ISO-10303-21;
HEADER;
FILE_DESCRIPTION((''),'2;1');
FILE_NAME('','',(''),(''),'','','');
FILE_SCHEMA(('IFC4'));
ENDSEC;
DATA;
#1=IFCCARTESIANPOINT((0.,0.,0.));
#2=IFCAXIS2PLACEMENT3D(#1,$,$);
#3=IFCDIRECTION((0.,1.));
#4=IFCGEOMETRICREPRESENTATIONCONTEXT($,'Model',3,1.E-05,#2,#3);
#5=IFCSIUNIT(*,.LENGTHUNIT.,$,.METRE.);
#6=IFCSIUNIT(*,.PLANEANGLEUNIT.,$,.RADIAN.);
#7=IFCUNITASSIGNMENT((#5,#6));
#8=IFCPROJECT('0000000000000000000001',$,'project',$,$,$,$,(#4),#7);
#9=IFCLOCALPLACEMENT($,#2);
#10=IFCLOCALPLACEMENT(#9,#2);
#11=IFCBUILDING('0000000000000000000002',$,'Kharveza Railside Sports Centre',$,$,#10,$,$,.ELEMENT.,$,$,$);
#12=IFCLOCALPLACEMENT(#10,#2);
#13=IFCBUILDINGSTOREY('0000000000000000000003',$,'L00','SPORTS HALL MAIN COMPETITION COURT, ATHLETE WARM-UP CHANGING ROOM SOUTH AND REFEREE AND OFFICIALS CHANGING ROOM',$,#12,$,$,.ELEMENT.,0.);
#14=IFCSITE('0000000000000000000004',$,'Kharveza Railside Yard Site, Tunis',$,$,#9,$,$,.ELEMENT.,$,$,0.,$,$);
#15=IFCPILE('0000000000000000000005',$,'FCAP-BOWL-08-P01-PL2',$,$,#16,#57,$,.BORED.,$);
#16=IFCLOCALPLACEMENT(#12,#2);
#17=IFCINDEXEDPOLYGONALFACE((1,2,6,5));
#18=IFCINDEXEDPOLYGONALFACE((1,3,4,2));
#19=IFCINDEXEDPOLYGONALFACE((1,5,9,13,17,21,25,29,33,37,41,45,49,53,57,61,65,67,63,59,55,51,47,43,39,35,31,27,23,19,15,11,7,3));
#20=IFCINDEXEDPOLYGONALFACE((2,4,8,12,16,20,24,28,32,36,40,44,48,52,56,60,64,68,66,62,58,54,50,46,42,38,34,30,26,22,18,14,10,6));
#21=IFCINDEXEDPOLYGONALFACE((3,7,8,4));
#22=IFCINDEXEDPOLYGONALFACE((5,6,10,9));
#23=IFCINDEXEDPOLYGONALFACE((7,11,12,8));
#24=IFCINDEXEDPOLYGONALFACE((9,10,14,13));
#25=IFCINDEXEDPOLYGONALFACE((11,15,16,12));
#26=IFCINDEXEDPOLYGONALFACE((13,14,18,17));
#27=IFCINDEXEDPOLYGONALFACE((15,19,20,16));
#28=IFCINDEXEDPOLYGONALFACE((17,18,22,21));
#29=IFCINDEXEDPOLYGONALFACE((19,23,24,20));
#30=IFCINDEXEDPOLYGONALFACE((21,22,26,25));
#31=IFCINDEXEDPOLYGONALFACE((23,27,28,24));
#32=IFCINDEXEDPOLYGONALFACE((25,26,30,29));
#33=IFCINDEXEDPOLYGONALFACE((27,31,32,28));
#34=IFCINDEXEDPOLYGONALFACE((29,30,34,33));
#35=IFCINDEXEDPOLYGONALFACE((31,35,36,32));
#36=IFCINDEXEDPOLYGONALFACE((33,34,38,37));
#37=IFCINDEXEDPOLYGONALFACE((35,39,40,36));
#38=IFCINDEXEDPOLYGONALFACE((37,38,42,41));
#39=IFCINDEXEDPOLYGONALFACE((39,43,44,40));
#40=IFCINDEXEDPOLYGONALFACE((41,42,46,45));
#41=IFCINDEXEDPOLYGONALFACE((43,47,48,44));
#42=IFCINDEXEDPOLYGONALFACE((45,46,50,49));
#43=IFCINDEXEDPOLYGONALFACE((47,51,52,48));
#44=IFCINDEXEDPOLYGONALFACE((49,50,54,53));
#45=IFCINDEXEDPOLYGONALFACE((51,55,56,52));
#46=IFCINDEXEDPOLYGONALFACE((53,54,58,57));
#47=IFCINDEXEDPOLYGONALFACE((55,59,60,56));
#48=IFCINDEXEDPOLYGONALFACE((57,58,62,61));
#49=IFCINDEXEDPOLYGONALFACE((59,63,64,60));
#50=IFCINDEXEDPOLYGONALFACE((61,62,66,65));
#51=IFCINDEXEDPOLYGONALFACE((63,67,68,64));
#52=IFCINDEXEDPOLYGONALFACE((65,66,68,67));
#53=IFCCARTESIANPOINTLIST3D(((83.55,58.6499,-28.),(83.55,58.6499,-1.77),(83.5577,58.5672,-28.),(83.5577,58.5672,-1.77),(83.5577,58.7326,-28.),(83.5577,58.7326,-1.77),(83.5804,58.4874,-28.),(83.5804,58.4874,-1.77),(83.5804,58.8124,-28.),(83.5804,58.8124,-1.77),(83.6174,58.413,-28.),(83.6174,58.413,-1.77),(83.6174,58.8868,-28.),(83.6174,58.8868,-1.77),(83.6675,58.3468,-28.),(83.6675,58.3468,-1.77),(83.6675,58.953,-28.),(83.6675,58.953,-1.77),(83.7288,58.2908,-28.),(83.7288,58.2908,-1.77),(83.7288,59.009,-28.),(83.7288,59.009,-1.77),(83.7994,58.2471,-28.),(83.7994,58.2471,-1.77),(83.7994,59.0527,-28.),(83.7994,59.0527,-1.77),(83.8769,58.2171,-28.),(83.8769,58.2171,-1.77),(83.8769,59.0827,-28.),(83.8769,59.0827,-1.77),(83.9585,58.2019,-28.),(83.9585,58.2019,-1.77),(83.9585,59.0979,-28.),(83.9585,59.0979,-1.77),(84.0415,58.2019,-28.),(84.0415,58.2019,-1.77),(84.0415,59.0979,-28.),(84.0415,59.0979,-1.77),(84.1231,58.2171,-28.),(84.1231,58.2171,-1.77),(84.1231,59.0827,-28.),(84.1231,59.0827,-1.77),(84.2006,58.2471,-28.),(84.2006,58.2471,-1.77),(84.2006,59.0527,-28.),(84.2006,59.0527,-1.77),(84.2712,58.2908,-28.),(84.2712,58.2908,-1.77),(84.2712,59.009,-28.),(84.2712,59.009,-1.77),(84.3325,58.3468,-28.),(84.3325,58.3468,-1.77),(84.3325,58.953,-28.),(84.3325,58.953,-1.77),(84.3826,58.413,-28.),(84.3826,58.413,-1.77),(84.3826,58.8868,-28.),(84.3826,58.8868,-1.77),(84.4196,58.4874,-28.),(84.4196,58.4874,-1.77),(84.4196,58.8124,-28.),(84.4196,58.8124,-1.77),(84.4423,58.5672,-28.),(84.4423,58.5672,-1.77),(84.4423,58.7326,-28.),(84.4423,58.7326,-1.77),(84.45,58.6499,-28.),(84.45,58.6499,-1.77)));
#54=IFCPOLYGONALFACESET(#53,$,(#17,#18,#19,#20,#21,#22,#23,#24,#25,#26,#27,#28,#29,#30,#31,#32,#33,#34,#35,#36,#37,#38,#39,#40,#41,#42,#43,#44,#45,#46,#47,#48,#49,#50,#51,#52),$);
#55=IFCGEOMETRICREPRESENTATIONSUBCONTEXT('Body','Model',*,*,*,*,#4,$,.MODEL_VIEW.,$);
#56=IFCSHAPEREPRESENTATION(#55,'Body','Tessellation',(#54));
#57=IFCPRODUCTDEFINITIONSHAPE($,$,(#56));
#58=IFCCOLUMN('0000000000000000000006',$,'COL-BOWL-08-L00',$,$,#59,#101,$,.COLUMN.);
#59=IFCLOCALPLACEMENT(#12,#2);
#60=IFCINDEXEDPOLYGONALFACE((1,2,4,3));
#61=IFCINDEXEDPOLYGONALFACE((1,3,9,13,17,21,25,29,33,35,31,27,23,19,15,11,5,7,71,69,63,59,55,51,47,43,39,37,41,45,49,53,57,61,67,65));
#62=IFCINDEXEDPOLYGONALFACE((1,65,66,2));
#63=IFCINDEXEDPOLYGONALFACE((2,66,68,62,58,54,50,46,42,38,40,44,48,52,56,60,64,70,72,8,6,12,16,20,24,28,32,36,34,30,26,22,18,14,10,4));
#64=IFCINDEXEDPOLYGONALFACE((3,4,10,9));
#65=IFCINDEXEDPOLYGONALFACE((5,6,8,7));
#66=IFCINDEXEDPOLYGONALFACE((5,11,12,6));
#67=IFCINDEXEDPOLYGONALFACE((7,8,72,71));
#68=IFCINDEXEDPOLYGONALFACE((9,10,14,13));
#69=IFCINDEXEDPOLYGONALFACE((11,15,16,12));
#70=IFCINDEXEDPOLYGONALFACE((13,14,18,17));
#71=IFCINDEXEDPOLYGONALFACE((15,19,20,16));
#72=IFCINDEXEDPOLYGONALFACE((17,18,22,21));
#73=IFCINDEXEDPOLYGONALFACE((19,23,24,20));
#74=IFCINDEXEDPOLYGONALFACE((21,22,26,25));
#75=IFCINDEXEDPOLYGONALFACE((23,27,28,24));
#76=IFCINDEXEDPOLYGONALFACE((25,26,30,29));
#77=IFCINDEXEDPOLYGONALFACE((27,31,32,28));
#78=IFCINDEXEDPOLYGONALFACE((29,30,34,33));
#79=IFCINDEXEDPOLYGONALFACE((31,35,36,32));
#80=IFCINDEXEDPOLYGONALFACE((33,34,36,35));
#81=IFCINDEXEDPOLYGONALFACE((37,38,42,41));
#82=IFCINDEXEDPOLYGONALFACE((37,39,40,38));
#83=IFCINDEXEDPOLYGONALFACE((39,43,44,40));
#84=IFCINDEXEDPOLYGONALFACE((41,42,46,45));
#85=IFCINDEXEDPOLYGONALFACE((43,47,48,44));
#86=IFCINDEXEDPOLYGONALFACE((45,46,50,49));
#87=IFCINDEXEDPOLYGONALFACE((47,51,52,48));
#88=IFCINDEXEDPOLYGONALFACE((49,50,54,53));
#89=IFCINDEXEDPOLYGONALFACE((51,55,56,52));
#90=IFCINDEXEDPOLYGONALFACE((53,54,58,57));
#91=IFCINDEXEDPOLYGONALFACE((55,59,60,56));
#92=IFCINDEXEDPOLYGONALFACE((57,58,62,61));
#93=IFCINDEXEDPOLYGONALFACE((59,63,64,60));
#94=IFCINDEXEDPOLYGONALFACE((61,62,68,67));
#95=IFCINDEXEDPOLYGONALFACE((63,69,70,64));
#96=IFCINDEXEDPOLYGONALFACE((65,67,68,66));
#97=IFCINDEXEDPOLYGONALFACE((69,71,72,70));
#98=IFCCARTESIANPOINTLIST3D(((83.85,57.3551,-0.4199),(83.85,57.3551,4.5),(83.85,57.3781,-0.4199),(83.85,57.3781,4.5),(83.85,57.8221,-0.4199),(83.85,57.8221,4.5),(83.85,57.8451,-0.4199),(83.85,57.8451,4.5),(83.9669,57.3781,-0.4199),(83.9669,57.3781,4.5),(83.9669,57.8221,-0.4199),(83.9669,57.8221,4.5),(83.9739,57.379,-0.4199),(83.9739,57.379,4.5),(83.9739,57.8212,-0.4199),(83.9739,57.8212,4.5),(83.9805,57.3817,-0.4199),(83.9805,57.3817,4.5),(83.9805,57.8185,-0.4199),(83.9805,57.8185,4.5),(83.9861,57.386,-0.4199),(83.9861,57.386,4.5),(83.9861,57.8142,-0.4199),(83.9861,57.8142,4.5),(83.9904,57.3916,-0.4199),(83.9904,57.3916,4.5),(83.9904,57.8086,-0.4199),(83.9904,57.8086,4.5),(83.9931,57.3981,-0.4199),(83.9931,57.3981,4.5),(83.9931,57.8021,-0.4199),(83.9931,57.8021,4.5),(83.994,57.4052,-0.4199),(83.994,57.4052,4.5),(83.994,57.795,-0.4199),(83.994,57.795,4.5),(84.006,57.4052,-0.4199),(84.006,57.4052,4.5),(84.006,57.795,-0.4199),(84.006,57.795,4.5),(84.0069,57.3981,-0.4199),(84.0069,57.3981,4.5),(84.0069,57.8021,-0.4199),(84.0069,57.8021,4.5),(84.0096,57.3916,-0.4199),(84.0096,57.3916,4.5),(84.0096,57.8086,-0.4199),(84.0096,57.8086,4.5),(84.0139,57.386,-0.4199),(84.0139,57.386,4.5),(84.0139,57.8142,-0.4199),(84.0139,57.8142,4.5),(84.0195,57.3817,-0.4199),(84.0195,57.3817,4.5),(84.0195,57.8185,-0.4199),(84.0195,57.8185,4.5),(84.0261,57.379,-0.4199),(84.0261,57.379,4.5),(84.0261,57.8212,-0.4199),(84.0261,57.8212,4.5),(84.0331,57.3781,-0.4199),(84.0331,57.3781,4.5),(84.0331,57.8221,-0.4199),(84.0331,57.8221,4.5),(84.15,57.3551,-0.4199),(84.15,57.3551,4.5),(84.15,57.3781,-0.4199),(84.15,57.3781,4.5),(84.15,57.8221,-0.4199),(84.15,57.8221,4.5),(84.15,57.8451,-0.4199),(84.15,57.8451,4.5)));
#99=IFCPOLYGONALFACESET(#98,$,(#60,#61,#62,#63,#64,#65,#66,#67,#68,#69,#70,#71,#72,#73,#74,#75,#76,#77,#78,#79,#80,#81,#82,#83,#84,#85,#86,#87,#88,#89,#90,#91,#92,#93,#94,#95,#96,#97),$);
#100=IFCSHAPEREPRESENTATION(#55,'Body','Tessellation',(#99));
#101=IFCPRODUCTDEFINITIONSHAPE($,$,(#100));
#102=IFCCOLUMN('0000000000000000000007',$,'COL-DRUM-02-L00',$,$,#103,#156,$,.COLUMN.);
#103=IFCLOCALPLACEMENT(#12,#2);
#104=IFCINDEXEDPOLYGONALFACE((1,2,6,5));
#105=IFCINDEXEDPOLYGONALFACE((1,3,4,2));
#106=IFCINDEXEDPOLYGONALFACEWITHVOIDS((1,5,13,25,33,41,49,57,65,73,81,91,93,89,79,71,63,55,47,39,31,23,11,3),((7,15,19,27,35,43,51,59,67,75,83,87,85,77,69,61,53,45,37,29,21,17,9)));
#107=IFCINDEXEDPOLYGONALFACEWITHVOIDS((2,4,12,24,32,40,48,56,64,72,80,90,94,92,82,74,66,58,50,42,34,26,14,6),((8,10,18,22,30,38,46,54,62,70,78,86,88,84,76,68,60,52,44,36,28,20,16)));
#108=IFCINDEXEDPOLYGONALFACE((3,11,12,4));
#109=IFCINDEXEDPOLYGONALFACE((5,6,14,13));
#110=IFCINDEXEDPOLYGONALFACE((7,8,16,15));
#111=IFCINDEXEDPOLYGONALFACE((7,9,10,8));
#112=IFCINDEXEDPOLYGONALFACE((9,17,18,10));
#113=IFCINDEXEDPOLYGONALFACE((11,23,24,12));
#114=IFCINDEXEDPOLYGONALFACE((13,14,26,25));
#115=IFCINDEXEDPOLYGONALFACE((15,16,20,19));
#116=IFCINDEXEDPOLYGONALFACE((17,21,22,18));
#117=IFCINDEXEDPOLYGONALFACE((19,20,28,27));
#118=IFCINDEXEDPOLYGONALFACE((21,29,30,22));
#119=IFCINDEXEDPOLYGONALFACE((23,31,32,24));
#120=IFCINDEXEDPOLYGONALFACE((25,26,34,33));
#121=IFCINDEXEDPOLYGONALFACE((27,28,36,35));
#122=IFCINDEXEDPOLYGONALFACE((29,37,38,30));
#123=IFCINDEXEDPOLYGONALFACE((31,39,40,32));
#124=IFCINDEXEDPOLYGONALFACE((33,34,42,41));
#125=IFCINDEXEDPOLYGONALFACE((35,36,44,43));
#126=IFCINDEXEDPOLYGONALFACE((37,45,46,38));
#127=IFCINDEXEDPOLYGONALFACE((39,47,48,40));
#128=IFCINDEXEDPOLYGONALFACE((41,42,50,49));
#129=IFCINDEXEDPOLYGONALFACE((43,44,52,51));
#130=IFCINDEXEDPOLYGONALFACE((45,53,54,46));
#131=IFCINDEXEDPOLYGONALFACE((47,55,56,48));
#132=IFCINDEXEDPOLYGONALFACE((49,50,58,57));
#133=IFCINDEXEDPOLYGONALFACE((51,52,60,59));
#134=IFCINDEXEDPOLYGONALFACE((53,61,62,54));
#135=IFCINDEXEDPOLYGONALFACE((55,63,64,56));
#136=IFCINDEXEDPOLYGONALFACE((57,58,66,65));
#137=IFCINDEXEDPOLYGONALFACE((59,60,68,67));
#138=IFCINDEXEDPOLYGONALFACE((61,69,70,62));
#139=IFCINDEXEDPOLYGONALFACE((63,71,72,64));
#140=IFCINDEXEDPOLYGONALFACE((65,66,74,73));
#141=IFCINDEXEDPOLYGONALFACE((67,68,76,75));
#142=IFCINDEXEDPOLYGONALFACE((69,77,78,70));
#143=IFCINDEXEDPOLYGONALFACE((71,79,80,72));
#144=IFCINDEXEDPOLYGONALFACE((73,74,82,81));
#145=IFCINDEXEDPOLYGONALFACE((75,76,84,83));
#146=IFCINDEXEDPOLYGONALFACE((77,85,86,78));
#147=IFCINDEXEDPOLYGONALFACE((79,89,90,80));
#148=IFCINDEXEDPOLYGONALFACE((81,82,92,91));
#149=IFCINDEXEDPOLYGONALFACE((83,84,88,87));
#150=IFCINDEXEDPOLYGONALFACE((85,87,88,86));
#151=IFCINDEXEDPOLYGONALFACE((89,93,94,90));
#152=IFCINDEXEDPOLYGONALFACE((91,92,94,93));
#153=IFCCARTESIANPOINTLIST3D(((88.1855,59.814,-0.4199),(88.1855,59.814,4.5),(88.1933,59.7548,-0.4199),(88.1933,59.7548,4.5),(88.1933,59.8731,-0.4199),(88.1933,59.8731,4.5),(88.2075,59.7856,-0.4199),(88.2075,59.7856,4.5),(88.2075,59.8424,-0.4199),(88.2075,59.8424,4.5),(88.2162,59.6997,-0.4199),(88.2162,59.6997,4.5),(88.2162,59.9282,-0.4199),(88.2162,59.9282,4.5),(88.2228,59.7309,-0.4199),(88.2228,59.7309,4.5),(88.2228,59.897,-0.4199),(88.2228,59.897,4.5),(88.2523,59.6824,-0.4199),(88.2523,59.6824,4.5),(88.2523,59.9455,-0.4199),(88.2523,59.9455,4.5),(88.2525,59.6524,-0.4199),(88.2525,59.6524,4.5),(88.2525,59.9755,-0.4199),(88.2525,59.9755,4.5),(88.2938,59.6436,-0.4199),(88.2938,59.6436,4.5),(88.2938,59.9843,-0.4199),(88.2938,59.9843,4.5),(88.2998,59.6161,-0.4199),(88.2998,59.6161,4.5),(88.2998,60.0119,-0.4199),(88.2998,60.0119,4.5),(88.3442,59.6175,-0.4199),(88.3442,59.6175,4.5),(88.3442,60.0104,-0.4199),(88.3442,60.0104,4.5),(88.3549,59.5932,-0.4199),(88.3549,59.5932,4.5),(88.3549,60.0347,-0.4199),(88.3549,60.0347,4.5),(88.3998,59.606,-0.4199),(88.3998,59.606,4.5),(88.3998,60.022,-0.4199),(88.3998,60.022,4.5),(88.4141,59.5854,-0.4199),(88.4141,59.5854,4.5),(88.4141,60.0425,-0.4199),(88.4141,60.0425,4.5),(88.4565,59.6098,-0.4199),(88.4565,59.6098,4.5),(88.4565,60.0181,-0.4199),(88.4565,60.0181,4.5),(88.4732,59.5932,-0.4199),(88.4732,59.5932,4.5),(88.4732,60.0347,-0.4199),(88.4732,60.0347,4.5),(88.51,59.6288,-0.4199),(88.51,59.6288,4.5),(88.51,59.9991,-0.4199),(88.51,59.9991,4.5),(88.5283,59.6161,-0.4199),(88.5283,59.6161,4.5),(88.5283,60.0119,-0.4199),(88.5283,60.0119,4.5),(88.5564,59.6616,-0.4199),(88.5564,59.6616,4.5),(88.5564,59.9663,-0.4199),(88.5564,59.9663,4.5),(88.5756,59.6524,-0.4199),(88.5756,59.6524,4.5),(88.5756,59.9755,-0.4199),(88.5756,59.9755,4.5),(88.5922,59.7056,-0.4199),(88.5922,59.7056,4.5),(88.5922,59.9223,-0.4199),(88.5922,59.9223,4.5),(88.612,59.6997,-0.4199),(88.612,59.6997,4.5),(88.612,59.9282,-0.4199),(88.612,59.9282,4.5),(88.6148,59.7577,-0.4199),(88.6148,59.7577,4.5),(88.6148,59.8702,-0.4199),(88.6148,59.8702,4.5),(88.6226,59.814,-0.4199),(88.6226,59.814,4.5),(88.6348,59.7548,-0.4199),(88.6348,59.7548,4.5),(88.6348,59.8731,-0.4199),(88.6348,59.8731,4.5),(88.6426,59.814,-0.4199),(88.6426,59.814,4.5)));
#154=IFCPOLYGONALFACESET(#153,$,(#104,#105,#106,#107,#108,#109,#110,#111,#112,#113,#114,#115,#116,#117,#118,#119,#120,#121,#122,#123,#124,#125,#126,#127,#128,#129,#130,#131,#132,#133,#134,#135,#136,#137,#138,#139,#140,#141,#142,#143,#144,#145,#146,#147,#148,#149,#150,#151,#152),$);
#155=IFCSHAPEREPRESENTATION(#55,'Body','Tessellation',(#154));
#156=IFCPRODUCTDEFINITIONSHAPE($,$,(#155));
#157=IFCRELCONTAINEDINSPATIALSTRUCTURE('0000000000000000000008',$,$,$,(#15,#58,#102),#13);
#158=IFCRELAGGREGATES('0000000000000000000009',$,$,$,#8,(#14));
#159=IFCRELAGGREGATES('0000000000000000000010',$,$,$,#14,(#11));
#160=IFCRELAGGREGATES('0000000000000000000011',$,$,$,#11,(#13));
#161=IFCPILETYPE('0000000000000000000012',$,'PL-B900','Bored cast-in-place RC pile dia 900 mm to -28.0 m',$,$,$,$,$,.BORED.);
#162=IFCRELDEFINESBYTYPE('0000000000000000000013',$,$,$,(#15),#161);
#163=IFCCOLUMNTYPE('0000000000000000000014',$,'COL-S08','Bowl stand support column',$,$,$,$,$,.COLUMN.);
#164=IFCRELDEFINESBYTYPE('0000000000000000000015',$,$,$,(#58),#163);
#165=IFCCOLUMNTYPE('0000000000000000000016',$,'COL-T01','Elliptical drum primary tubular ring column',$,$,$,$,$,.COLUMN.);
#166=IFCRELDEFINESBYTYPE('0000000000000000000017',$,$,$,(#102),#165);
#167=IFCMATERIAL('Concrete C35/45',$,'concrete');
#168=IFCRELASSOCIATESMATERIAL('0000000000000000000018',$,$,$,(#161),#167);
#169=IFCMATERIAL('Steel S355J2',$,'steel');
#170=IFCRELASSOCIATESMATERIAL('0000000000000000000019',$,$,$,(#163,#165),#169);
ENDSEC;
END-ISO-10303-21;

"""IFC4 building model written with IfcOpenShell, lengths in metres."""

from ifc_helpers import new_model, si_unit, direction, frame, origin, origin_2d, place, context, subcontext, project, spatial, circle, hollow_circle, i_section, extrude, material, material_profile, profile_set, type_object, element, save


model = new_model("IFC4")

# Units and contexts
model_context = context("Model", 3, precision=1e-05, world=origin(), true_north=direction((0.0, 1.0)))
body_context = subcontext(model_context, "Body", "Model", "MODEL_VIEW")
ifc_project = project(units=[si_unit("LENGTHUNIT", "METRE"), si_unit("PLANEANGLEUNIT", "RADIAN")], contexts=[model_context])

# Site, building, storey
site_placement = place(None, origin())
site = spatial("IfcSite", under=ifc_project, at=site_placement, Name="Kharveza Railside Yard Site, Tunis", CompositionType="ELEMENT", RefElevation=0.0)
building_placement = place(site_placement, origin())
building = spatial("IfcBuilding", under=site, at=building_placement, Name="Kharveza Railside Sports Centre", CompositionType="ELEMENT")
storey_placement = place(building_placement, origin())
storey = spatial("IfcBuildingStorey", under=building, at=storey_placement, Name="L00", Description="SPORTS HALL MAIN COMPETITION COURT, ATHLETE WARM-UP CHANGING ROOM SOUTH AND REFEREE AND OFFICIALS CHANGING ROOM", CompositionType="ELEMENT", Elevation=0.0)

# Shared definitions
ifc_material_1 = material(Name="Concrete C35/45", Category="concrete")

# Pile
ifc_material_profile_1 = material_profile(ifc_material_1, circle(Radius=0.45, at=origin_2d()), Name="PILE D900")
ifc_profile_set_1 = profile_set([ifc_material_profile_1], Name="Concrete C35/45")
pile_type_1 = type_object("IfcPileType", Name="PL-B900", Description="Bored cast-in-place RC pile dia 900 mm to -28.0 m", PredefinedType="BORED", material=ifc_profile_set_1)
for number, where, z_axis, x_axis, name in (
    (1, (84.0, 58.6499, -1.77), (0.0, 0.0, -1.0), (1.0, 0.0, 0.0), "FCAP-BOWL-08-P01-PL2"),
):
    element("IfcPile", number, at=place(storey_placement, frame(where, z_axis=z_axis, x_axis=x_axis)), inside=storey, type_object=pile_type_1, Name=name, PredefinedType="BORED", context=body_context, shape_type="SweptSolid", body=[
        extrude(circle(Radius=0.45, at=origin_2d()), origin(), (0.0, 0.0, 1.0), 26.23),
    ])

# Columns
ifc_material_2 = material(Name="Steel S355J2", Category="steel")
ifc_material_profile_2 = material_profile(ifc_material_2, i_section(OverallWidth=0.3, OverallDepth=0.49, WebThickness=0.012, FlangeThickness=0.0229, FilletRadius=0.0271, at=origin_2d()), Name="HEA 500")
ifc_profile_set_2 = profile_set([ifc_material_profile_2], Name="Steel S355J2")
column_type_1 = type_object("IfcColumnType", Name="COL-S08", Description="Bowl stand support column", PredefinedType="COLUMN", material=ifc_profile_set_2)
column_1_placement = place(storey_placement, frame((84.0, 57.6001, -0.4199), z_axis=(0.0, 0.0, 1.0), x_axis=(1.0, 0.0, 0.0)))
element("IfcColumn", 2, at=column_1_placement, inside=storey, type_object=column_type_1, Name="COL-BOWL-08-L00", PredefinedType="COLUMN", context=body_context, shape_type="SweptSolid", body=[
    extrude(i_section(OverallWidth=0.3, OverallDepth=0.49, WebThickness=0.012, FlangeThickness=0.0229, FilletRadius=0.0271, at=origin_2d()), origin(), (0.0, 0.0, 1.0), 4.9199),
])
ifc_material_profile_3 = material_profile(ifc_material_2, hollow_circle(Radius=0.2285, WallThickness=0.02, at=origin_2d()), Name="CHS 457.0x20.0")
ifc_profile_set_3 = profile_set([ifc_material_profile_3], Name="Steel S355J2")
column_type_2 = type_object("IfcColumnType", Name="COL-T01", Description="Elliptical drum primary tubular ring column", PredefinedType="COLUMN", material=ifc_profile_set_3)
column_2_placement = place(storey_placement, frame((88.4141, 59.814, -0.4199), z_axis=(0.0, 0.0, 1.0), x_axis=(1.0, 0.0, 0.0)))
element("IfcColumn", 3, at=column_2_placement, inside=storey, type_object=column_type_2, Name="COL-DRUM-02-L00", PredefinedType="COLUMN", context=body_context, shape_type="SweptSolid", body=[
    extrude(hollow_circle(Radius=0.2285, WallThickness=0.02, at=origin_2d()), origin(), (0.0, 0.0, 1.0), 4.9199),
])

save(model, "model.ifc")
